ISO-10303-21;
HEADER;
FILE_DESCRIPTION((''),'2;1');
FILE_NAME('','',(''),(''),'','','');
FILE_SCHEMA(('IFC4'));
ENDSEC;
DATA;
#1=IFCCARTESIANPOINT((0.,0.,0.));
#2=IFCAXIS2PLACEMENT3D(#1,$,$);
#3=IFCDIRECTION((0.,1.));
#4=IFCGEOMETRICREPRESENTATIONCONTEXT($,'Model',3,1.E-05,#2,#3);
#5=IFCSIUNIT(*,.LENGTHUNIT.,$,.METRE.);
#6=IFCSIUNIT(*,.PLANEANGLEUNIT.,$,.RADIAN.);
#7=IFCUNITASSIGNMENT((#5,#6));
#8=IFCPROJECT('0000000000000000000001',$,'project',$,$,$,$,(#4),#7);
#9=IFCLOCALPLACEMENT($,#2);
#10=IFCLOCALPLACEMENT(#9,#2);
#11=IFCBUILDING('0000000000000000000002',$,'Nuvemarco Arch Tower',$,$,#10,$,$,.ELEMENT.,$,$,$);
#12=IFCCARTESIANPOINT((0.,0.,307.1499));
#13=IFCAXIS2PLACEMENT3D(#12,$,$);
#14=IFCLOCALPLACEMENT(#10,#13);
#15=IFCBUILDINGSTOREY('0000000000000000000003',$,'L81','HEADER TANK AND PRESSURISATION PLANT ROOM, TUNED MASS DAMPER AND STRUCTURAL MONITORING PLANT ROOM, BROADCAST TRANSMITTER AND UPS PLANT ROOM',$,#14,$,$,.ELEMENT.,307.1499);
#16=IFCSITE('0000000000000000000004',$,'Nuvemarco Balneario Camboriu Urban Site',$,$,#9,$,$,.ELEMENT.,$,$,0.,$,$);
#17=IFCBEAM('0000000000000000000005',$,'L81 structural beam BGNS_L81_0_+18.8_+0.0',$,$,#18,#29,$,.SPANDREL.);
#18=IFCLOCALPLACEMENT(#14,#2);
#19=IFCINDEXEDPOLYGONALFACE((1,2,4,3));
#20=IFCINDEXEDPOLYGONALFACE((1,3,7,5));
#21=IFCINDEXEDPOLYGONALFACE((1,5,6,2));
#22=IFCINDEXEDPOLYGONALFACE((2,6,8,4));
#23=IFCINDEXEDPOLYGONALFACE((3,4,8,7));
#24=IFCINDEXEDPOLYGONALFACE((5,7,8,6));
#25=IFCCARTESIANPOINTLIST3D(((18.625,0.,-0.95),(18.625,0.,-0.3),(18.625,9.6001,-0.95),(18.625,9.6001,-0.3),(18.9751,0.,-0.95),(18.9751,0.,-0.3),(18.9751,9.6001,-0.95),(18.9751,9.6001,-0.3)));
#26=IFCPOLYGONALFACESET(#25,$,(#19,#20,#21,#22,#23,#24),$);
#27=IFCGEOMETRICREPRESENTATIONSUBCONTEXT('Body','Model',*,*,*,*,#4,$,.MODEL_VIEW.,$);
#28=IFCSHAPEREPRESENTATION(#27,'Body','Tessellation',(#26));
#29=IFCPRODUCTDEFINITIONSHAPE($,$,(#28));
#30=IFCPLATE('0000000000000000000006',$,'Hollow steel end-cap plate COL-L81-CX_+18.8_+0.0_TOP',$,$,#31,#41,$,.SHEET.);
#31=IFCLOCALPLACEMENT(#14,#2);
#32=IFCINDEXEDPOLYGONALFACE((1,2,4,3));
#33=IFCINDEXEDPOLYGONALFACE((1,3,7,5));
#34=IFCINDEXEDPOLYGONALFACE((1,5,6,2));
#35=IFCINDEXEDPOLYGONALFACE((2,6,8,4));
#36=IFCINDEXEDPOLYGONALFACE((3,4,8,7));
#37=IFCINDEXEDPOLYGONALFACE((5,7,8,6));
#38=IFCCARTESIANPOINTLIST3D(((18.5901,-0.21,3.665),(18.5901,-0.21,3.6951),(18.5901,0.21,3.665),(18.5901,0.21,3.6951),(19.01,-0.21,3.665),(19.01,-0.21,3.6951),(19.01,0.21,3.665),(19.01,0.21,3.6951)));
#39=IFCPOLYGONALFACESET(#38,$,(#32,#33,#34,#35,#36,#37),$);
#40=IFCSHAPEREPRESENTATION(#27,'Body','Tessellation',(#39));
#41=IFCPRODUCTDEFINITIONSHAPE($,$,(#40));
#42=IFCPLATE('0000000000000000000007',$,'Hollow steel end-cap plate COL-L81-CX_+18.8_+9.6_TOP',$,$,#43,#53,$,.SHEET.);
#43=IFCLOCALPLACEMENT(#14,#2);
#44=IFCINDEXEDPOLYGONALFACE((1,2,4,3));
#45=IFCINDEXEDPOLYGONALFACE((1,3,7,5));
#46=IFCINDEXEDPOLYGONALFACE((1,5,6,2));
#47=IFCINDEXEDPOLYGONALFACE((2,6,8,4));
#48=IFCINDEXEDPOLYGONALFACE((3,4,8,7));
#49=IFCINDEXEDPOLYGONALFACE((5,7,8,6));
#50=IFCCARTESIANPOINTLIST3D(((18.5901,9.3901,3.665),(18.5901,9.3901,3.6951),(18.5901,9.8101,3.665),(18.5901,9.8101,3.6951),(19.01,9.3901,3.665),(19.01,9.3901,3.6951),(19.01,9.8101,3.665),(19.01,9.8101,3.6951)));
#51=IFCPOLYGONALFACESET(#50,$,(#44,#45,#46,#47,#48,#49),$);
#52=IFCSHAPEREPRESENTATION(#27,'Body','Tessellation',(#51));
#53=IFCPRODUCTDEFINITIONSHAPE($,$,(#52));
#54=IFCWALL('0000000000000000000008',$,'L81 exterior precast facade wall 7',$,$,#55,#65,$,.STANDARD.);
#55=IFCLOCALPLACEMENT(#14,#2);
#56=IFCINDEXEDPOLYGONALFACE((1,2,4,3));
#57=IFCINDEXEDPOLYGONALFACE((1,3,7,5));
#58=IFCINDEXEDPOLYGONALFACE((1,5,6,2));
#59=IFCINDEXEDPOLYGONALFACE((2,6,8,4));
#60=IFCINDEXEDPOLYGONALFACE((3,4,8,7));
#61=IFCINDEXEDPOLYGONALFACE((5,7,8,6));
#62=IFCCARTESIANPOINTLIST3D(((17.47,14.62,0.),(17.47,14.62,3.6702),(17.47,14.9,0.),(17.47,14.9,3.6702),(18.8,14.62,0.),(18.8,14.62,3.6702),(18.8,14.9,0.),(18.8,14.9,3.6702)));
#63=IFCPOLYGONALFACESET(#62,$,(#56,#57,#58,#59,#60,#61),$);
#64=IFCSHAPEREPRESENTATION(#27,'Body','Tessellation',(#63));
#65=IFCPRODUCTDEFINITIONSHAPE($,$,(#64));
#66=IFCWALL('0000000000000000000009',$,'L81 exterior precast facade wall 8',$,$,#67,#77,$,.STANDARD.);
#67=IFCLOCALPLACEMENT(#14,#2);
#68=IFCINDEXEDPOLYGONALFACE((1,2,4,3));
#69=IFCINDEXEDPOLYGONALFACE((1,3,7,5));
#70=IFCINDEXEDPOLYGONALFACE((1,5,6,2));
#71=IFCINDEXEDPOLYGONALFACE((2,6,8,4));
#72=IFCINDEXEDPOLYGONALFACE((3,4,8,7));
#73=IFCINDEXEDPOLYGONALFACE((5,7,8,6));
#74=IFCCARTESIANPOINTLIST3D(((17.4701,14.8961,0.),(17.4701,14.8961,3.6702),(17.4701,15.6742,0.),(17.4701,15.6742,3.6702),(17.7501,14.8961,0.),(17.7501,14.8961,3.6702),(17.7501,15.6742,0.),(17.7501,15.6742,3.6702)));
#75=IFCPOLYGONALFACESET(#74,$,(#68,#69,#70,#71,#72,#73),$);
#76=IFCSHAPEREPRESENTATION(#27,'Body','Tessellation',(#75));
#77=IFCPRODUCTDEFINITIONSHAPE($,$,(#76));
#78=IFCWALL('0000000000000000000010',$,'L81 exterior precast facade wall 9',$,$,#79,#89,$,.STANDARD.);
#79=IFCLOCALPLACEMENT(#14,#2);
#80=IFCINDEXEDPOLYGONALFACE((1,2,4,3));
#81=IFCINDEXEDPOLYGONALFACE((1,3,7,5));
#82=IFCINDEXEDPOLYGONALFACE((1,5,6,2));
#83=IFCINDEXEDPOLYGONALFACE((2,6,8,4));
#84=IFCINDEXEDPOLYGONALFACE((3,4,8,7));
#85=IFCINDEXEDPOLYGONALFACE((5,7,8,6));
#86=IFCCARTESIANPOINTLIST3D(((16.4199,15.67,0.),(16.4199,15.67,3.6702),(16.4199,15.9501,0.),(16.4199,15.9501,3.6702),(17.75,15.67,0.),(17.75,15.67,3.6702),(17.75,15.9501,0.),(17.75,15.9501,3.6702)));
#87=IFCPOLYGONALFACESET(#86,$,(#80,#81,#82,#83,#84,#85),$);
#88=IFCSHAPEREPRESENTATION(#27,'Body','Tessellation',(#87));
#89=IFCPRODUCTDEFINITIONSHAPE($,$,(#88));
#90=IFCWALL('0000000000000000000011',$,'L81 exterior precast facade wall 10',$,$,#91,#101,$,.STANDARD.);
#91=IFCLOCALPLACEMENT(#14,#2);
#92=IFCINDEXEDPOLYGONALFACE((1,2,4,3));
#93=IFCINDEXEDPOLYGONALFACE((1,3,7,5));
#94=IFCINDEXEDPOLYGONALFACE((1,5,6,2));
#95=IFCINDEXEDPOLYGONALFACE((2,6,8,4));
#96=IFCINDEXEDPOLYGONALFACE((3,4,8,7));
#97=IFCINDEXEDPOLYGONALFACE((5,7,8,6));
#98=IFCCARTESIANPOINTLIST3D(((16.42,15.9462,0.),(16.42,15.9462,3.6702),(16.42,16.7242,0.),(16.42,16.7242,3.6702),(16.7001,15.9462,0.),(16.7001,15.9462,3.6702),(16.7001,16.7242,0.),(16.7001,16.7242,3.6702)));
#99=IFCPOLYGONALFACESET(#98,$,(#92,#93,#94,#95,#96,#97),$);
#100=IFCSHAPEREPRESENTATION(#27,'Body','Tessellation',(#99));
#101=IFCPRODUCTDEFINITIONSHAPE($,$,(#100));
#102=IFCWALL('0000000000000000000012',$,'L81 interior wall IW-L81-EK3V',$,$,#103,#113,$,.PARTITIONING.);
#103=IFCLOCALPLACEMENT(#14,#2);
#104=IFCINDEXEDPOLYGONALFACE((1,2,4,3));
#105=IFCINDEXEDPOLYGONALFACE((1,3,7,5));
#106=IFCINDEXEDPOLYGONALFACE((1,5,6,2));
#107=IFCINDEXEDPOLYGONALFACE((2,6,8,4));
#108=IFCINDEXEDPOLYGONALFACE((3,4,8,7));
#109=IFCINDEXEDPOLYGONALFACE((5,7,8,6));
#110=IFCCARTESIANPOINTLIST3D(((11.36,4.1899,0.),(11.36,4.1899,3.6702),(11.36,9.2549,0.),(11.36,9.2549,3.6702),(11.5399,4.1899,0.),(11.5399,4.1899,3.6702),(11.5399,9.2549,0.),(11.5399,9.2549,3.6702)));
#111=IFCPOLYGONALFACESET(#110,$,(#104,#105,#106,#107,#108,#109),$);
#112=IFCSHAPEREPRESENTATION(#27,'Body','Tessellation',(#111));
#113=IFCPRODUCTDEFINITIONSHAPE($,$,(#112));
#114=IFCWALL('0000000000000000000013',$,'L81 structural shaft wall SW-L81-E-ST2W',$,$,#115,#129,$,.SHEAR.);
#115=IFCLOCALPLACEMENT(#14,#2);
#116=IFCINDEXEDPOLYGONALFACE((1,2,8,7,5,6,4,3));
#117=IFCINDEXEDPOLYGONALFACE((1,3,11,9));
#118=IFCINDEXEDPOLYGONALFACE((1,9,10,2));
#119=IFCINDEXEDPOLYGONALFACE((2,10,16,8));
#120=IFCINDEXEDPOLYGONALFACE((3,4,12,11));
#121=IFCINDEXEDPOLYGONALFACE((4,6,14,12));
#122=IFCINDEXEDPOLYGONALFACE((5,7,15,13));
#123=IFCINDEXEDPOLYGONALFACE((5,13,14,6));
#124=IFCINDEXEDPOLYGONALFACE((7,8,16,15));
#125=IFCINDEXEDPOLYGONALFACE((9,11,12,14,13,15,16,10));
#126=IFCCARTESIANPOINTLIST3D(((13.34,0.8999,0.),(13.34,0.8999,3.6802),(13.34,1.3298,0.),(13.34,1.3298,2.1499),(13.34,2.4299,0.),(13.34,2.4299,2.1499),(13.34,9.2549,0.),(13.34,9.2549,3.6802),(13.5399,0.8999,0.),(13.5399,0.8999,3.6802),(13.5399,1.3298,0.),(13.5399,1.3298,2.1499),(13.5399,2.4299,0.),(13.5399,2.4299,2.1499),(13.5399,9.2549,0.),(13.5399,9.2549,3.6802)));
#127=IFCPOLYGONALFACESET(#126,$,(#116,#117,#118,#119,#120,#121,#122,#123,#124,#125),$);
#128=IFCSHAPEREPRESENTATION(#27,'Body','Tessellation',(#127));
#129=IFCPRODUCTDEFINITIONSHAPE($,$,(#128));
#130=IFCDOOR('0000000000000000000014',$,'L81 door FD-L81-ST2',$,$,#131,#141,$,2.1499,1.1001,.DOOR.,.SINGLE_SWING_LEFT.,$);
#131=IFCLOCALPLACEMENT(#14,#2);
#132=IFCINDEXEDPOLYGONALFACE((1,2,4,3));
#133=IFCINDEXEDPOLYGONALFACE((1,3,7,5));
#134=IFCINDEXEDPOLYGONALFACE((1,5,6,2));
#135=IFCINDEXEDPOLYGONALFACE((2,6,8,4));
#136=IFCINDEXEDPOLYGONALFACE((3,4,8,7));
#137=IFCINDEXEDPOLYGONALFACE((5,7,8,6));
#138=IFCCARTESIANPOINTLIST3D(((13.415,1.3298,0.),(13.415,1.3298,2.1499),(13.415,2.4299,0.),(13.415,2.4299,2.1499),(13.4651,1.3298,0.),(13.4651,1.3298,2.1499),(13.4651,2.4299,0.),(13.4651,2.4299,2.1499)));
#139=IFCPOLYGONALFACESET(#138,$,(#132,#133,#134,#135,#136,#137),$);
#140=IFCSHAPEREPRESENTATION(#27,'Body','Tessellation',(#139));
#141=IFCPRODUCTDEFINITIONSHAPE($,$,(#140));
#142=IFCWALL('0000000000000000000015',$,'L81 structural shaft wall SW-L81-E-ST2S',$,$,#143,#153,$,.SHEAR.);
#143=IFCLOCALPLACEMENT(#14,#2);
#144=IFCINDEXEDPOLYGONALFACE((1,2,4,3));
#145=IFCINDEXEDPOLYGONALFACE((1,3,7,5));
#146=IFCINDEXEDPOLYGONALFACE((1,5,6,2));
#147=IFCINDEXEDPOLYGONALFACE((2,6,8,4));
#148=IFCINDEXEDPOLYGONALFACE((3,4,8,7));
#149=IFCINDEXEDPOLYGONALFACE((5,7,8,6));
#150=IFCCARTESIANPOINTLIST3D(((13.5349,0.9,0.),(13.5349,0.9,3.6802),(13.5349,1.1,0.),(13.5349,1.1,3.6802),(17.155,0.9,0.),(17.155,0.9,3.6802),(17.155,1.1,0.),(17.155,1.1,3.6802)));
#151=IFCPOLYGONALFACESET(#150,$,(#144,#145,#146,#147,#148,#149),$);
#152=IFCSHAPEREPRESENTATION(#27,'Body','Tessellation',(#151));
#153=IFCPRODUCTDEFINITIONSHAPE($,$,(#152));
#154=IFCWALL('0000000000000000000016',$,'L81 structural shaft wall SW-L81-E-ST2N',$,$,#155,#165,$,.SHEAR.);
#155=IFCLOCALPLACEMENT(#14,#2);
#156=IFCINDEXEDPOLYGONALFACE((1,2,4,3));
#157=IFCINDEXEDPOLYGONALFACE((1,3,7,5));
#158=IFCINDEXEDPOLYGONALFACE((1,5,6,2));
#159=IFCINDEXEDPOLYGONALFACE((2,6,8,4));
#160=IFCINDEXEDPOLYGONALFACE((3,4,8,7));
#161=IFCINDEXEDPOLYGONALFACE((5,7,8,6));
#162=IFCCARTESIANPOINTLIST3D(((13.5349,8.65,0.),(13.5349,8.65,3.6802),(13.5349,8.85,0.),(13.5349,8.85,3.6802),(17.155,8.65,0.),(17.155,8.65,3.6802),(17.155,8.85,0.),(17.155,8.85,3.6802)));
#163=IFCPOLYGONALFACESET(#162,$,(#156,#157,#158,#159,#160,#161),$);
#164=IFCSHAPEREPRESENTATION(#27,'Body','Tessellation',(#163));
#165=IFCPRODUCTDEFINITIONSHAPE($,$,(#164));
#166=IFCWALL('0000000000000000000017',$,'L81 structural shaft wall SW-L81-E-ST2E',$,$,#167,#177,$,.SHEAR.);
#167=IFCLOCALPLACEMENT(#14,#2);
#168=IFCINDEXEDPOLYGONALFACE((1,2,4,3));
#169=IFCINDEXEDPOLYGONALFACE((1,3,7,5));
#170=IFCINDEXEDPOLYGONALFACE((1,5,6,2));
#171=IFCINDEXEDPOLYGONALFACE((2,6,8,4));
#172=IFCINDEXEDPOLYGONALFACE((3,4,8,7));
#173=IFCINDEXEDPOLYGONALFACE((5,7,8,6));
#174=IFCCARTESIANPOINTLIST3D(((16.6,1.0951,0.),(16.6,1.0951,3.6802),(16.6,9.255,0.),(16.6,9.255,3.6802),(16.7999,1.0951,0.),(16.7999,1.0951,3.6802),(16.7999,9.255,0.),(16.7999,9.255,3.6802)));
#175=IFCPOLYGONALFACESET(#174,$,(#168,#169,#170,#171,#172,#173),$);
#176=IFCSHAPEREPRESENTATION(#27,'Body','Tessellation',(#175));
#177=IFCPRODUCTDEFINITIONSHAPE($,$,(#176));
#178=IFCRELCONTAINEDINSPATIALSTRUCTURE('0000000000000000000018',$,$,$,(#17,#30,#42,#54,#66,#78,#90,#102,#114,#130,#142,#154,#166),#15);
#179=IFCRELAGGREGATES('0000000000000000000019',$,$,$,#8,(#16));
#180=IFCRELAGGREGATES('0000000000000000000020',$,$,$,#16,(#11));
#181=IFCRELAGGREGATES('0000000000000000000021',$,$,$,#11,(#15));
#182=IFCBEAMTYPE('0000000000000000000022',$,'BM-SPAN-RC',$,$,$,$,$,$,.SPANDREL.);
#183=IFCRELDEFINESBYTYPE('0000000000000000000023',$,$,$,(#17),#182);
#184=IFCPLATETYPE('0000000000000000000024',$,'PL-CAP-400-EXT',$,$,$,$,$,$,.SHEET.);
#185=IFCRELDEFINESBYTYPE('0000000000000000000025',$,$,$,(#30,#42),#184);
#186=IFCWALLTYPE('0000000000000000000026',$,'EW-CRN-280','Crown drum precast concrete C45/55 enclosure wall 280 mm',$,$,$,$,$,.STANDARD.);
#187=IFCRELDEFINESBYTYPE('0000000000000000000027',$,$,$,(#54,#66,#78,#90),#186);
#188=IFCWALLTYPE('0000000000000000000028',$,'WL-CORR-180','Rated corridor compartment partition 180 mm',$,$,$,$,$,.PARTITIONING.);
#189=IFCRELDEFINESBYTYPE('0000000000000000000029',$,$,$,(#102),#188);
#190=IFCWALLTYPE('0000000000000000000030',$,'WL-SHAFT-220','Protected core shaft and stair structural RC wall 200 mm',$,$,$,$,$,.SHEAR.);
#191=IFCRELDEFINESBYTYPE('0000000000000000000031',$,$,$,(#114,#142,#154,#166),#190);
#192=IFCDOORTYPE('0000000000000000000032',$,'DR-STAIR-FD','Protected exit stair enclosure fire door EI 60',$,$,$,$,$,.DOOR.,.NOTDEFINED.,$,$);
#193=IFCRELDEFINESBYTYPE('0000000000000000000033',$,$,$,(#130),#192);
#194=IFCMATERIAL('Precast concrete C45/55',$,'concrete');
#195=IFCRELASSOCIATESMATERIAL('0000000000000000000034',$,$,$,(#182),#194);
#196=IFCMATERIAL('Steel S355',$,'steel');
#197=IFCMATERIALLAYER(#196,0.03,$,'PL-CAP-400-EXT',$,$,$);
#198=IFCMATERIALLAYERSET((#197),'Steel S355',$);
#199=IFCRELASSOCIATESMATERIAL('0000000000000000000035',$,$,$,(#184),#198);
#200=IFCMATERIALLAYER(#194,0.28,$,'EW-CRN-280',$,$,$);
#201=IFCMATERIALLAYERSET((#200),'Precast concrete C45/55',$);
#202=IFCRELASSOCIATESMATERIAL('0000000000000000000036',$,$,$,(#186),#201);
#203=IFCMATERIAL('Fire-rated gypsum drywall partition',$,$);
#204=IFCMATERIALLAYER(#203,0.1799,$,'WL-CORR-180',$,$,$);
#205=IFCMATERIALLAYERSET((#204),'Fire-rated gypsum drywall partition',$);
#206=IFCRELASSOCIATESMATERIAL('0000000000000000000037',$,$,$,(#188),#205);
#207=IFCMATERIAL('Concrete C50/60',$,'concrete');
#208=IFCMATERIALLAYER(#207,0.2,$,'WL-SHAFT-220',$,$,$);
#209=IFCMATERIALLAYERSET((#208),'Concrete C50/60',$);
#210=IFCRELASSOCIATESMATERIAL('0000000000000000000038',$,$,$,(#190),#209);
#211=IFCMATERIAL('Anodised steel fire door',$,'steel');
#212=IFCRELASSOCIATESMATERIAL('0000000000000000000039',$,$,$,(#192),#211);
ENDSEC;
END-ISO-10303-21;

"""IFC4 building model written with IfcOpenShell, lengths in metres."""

from ifc_helpers import new_model, si_unit, direction, frame, frame_2d, origin, origin_2d, place, context, subcontext, project, spatial, rectangle, extrude, source, transform, mapped, material, layer, layer_set, material_profile, profile_set, type_object, type_shapes, element, fill, save


model = new_model("IFC4")

# Units and contexts
model_context = context("Model", 3, precision=1e-05, world=origin(), true_north=direction((0.0, 1.0)))
body_context = subcontext(model_context, "Body", "Model", "MODEL_VIEW")
ifc_project = project(units=[si_unit("LENGTHUNIT", "METRE"), si_unit("PLANEANGLEUNIT", "RADIAN")], contexts=[model_context])

# Site, building, storey
site_placement = place(None, origin())
site = spatial("IfcSite", under=ifc_project, at=site_placement, Name="Nuvemarco Balneario Camboriu Urban Site", CompositionType="ELEMENT", RefElevation=0.0)
building_placement = place(site_placement, origin())
building = spatial("IfcBuilding", under=site, at=building_placement, Name="Nuvemarco Arch Tower", CompositionType="ELEMENT")
storey_placement = place(building_placement, frame((0.0, 0.0, 307.1499)))
storey = spatial("IfcBuildingStorey", under=building, at=storey_placement, Name="L81", Description="HEADER TANK AND PRESSURISATION PLANT ROOM, TUNED MASS DAMPER AND STRUCTURAL MONITORING PLANT ROOM, BROADCAST TRANSMITTER AND UPS PLANT ROOM", CompositionType="ELEMENT", Elevation=307.1499)

# Shared definitions
ifc_material_1 = material(Name="Concrete C50/60", Category="concrete")
ifc_material_2 = material(Name="Steel S355", Category="steel")

# Beam
ifc_material_3 = material(Name="Precast concrete C45/55", Category="concrete")
ifc_material_profile_1 = material_profile(ifc_material_3, rectangle(XDim=0.3501, YDim=0.6499, at=origin_2d()), Name="PC-SP-350x650")
ifc_profile_set_1 = profile_set([ifc_material_profile_1], Name="Precast concrete C45/55")
beam_type_1 = type_object("IfcBeamType", Name="BM-SPAN-RC", PredefinedType="SPANDREL", material=ifc_profile_set_1)
beam_1_placement = place(storey_placement, frame((18.8, 0.0, -0.625), z_axis=(0.0, 1.0, 0.0), x_axis=(-1.0, 0.0, 0.0)))
element("IfcBeam", 1, at=beam_1_placement, inside=storey, type_object=beam_type_1, Name="L81 structural beam BGNS_L81_0_+18.8_+0.0", PredefinedType="SPANDREL", context=body_context, shape_type="SweptSolid", body=[
    extrude(rectangle(XDim=0.3501, YDim=0.6499, at=origin_2d()), origin(), (0.0, 0.0, 1.0), 9.6001),
])

# Plates
ifc_layer_1 = layer(ifc_material_2, 0.03, Name="PL-CAP-400-EXT")
ifc_layer_set_1 = layer_set([ifc_layer_1], Name="Steel S355")
plate_type = type_object("IfcPlateType", Name="PL-CAP-400-EXT", PredefinedType="SHEET", material=ifc_layer_set_1)
shared_shape_1 = source(origin(), body_context, "Body", "SweptSolid", [
    extrude(rectangle(XDim=0.4199, YDim=0.4199, at=origin_2d()), origin(), (0.0, 0.0, 1.0), 0.03),
])
type_shapes(plate_type, [shared_shape_1])
for number, where, z_axis, x_axis, name in (
    (2, (18.8, 0.0, 3.665), (0.0, 0.0, 1.0), (1.0, 0.0, 0.0), "Hollow steel end-cap plate COL-L81-CX_+18.8_+0.0_TOP"),
    (3, (18.8, 9.6001, 3.665), (0.0, 0.0, 1.0), (1.0, 0.0, 0.0), "Hollow steel end-cap plate COL-L81-CX_+18.8_+9.6_TOP"),
):
    element("IfcPlate", number, at=place(storey_placement, frame(where, z_axis=z_axis, x_axis=x_axis)), inside=storey, type_object=plate_type, Name=name, PredefinedType="SHEET", context=body_context, shape_type="MappedRepresentation", body=[
        mapped(shared_shape_1, transform((0.0, 0.0, 0.0), scale=1.0)),
    ])

# Walls
ifc_layer_2 = layer(ifc_material_3, 0.28, Name="EW-CRN-280")
ifc_layer_set_2 = layer_set([ifc_layer_2], Name="Precast concrete C45/55")
wall_type_1 = type_object("IfcWallType", Name="EW-CRN-280", Description="Crown drum precast concrete C45/55 enclosure wall 280 mm", PredefinedType="STANDARD", material=ifc_layer_set_2)
wall_1_placement = place(storey_placement, frame((17.47, 14.76, 0.0), z_axis=(0.0, 0.0, 1.0), x_axis=(1.0, 0.0, 0.0)))
element("IfcWall", 4, at=wall_1_placement, inside=storey, type_object=wall_type_1, Name="L81 exterior precast facade wall 7", PredefinedType="STANDARD", context=body_context, shape_type="SweptSolid", body=[
    extrude(rectangle(XDim=1.3301, YDim=0.28, at=frame_2d((0.665, 0.0))), origin(), (0.0, 0.0, 1.0), 3.6702),
])
wall_2_placement = place(storey_placement, frame((17.6101, 14.896, 0.0), z_axis=(0.0, 0.0, 1.0), x_axis=(0.0, 1.0, 0.0)))
element("IfcWall", 5, at=wall_2_placement, inside=storey, type_object=wall_type_1, Name="L81 exterior precast facade wall 8", PredefinedType="STANDARD", context=body_context, shape_type="SweptSolid", body=[
    extrude(rectangle(XDim=0.7781, YDim=0.28, at=frame_2d((0.3892, 0.0))), origin(), (0.0, 0.0, 1.0), 3.6702),
])
wall_3_placement = place(storey_placement, frame((16.4199, 15.8101, 0.0), z_axis=(0.0, 0.0, 1.0), x_axis=(1.0, 0.0, 0.0)))
element("IfcWall", 6, at=wall_3_placement, inside=storey, type_object=wall_type_1, Name="L81 exterior precast facade wall 9", PredefinedType="STANDARD", context=body_context, shape_type="SweptSolid", body=[
    extrude(rectangle(XDim=1.3301, YDim=0.28, at=frame_2d((0.665, 0.0))), origin(), (0.0, 0.0, 1.0), 3.6702),
])
wall_4_placement = place(storey_placement, frame((16.5601, 15.946, 0.0), z_axis=(0.0, 0.0, 1.0), x_axis=(0.0, 1.0, 0.0)))
element("IfcWall", 7, at=wall_4_placement, inside=storey, type_object=wall_type_1, Name="L81 exterior precast facade wall 10", PredefinedType="STANDARD", context=body_context, shape_type="SweptSolid", body=[
    extrude(rectangle(XDim=0.7781, YDim=0.28, at=frame_2d((0.3892, 0.0))), origin(), (0.0, 0.0, 1.0), 3.6702),
])
ifc_material_4 = material(Name="Fire-rated gypsum drywall partition")
ifc_layer_3 = layer(ifc_material_4, 0.1799, Name="WL-CORR-180")
ifc_layer_set_3 = layer_set([ifc_layer_3], Name="Fire-rated gypsum drywall partition")
wall_type_2 = type_object("IfcWallType", Name="WL-CORR-180", Description="Rated corridor compartment partition 180 mm", PredefinedType="PARTITIONING", material=ifc_layer_set_3)
wall_5_placement = place(storey_placement, frame((11.45, 4.1899, 0.0), z_axis=(0.0, 0.0, 1.0), x_axis=(0.0, 1.0, 0.0)))
element("IfcWall", 8, at=wall_5_placement, inside=storey, type_object=wall_type_2, Name="L81 interior wall IW-L81-EK3V", PredefinedType="PARTITIONING", context=body_context, shape_type="SweptSolid", body=[
    extrude(rectangle(XDim=5.0649, YDim=0.1799, at=frame_2d((2.5325, 0.0))), origin(), (0.0, 0.0, 1.0), 3.6702),
])

# Wall, opening, door
ifc_layer_4 = layer(ifc_material_1, 0.2, Name="WL-SHAFT-220")
ifc_layer_set_4 = layer_set([ifc_layer_4], Name="Concrete C50/60")
wall_type_3 = type_object("IfcWallType", Name="WL-SHAFT-220", Description="Protected core shaft and stair structural RC wall 200 mm", PredefinedType="SHEAR", material=ifc_layer_set_4)
wall_6_placement = place(storey_placement, frame((13.4399, 0.8999, 0.0), z_axis=(0.0, 0.0, 1.0), x_axis=(0.0, 1.0, 0.0)))
wall_6 = element("IfcWall", 9, at=wall_6_placement, inside=storey, type_object=wall_type_3, Name="L81 structural shaft wall SW-L81-E-ST2W", PredefinedType="SHEAR", context=body_context, shape_type="SweptSolid", body=[
    extrude(rectangle(XDim=8.355, YDim=0.2, at=frame_2d((4.1775, 0.0))), origin(), (0.0, 0.0, 1.0), 3.6802),
])
opening_placement = place(wall_6_placement, frame((0.4299, 0.0, 0.0)))
opening = element("IfcOpeningElement", 10, at=opening_placement, cuts=wall_6, PredefinedType="OPENING", context=body_context, shape_type="SweptSolid", body=[
    extrude(rectangle(XDim=1.1001, YDim=2.1499, at=frame_2d((0.55, 1.075))), frame((0.0, 0.1099, 0.0), z_axis=(0.0, -1.0, 0.0), x_axis=(1.0, 0.0, 0.0)), (0.0, 0.0, 1.0), 0.22),
])
ifc_material_5 = material(Name="Anodised steel fire door", Category="steel")
door_type = type_object("IfcDoorType", Name="DR-STAIR-FD", Description="Protected exit stair enclosure fire door EI 60", OperationType="NOTDEFINED", PredefinedType="DOOR", material=ifc_material_5)
shared_shape_2 = source(origin(), body_context, "Body", "SweptSolid", [
    extrude(rectangle(XDim=1.1001, YDim=2.1499, at=frame_2d((0.55, 1.075))), frame((0.0, 0.0249, 0.0), z_axis=(0.0, -1.0, 0.0), x_axis=(1.0, 0.0, 0.0)), (0.0, 0.0, 1.0), 0.05),
])
type_shapes(door_type, [shared_shape_2])
door_placement = place(opening_placement, origin())
door = element("IfcDoor", 11, at=door_placement, inside=storey, type_object=door_type, Name="L81 door FD-L81-ST2", OperationType="SINGLE_SWING_LEFT", OverallHeight=2.1499, OverallWidth=1.1001, PredefinedType="DOOR", context=body_context, shape_type="MappedRepresentation", body=[
    mapped(shared_shape_2, transform((0.0, 0.0, 0.0), scale=1.0)),
])
fill(opening, door)

# Walls
for number, where, z_axis, x_axis, name in (
    (12, (13.5349, 1.0, 0.0), (0.0, 0.0, 1.0), (1.0, 0.0, 0.0), "L81 structural shaft wall SW-L81-E-ST2S"),
    (13, (13.5349, 8.75, 0.0), (0.0, 0.0, 1.0), (1.0, 0.0, 0.0), "L81 structural shaft wall SW-L81-E-ST2N"),
):
    element("IfcWall", number, at=place(storey_placement, frame(where, z_axis=z_axis, x_axis=x_axis)), inside=storey, type_object=wall_type_3, Name=name, PredefinedType="SHEAR", context=body_context, shape_type="SweptSolid", body=[
        extrude(rectangle(XDim=3.6201, YDim=0.2, at=frame_2d((1.8101, 0.0))), origin(), (0.0, 0.0, 1.0), 3.6802),
    ])
wall_7_placement = place(storey_placement, frame((16.7, 1.095, 0.0), z_axis=(0.0, 0.0, 1.0), x_axis=(0.0, 1.0, 0.0)))
element("IfcWall", 14, at=wall_7_placement, inside=storey, type_object=wall_type_3, Name="L81 structural shaft wall SW-L81-E-ST2E", PredefinedType="SHEAR", context=body_context, shape_type="SweptSolid", body=[
    extrude(rectangle(XDim=8.1599, YDim=0.2, at=frame_2d((4.0801, 0.0))), origin(), (0.0, 0.0, 1.0), 3.6802),
])

save(model, "model.ifc")
